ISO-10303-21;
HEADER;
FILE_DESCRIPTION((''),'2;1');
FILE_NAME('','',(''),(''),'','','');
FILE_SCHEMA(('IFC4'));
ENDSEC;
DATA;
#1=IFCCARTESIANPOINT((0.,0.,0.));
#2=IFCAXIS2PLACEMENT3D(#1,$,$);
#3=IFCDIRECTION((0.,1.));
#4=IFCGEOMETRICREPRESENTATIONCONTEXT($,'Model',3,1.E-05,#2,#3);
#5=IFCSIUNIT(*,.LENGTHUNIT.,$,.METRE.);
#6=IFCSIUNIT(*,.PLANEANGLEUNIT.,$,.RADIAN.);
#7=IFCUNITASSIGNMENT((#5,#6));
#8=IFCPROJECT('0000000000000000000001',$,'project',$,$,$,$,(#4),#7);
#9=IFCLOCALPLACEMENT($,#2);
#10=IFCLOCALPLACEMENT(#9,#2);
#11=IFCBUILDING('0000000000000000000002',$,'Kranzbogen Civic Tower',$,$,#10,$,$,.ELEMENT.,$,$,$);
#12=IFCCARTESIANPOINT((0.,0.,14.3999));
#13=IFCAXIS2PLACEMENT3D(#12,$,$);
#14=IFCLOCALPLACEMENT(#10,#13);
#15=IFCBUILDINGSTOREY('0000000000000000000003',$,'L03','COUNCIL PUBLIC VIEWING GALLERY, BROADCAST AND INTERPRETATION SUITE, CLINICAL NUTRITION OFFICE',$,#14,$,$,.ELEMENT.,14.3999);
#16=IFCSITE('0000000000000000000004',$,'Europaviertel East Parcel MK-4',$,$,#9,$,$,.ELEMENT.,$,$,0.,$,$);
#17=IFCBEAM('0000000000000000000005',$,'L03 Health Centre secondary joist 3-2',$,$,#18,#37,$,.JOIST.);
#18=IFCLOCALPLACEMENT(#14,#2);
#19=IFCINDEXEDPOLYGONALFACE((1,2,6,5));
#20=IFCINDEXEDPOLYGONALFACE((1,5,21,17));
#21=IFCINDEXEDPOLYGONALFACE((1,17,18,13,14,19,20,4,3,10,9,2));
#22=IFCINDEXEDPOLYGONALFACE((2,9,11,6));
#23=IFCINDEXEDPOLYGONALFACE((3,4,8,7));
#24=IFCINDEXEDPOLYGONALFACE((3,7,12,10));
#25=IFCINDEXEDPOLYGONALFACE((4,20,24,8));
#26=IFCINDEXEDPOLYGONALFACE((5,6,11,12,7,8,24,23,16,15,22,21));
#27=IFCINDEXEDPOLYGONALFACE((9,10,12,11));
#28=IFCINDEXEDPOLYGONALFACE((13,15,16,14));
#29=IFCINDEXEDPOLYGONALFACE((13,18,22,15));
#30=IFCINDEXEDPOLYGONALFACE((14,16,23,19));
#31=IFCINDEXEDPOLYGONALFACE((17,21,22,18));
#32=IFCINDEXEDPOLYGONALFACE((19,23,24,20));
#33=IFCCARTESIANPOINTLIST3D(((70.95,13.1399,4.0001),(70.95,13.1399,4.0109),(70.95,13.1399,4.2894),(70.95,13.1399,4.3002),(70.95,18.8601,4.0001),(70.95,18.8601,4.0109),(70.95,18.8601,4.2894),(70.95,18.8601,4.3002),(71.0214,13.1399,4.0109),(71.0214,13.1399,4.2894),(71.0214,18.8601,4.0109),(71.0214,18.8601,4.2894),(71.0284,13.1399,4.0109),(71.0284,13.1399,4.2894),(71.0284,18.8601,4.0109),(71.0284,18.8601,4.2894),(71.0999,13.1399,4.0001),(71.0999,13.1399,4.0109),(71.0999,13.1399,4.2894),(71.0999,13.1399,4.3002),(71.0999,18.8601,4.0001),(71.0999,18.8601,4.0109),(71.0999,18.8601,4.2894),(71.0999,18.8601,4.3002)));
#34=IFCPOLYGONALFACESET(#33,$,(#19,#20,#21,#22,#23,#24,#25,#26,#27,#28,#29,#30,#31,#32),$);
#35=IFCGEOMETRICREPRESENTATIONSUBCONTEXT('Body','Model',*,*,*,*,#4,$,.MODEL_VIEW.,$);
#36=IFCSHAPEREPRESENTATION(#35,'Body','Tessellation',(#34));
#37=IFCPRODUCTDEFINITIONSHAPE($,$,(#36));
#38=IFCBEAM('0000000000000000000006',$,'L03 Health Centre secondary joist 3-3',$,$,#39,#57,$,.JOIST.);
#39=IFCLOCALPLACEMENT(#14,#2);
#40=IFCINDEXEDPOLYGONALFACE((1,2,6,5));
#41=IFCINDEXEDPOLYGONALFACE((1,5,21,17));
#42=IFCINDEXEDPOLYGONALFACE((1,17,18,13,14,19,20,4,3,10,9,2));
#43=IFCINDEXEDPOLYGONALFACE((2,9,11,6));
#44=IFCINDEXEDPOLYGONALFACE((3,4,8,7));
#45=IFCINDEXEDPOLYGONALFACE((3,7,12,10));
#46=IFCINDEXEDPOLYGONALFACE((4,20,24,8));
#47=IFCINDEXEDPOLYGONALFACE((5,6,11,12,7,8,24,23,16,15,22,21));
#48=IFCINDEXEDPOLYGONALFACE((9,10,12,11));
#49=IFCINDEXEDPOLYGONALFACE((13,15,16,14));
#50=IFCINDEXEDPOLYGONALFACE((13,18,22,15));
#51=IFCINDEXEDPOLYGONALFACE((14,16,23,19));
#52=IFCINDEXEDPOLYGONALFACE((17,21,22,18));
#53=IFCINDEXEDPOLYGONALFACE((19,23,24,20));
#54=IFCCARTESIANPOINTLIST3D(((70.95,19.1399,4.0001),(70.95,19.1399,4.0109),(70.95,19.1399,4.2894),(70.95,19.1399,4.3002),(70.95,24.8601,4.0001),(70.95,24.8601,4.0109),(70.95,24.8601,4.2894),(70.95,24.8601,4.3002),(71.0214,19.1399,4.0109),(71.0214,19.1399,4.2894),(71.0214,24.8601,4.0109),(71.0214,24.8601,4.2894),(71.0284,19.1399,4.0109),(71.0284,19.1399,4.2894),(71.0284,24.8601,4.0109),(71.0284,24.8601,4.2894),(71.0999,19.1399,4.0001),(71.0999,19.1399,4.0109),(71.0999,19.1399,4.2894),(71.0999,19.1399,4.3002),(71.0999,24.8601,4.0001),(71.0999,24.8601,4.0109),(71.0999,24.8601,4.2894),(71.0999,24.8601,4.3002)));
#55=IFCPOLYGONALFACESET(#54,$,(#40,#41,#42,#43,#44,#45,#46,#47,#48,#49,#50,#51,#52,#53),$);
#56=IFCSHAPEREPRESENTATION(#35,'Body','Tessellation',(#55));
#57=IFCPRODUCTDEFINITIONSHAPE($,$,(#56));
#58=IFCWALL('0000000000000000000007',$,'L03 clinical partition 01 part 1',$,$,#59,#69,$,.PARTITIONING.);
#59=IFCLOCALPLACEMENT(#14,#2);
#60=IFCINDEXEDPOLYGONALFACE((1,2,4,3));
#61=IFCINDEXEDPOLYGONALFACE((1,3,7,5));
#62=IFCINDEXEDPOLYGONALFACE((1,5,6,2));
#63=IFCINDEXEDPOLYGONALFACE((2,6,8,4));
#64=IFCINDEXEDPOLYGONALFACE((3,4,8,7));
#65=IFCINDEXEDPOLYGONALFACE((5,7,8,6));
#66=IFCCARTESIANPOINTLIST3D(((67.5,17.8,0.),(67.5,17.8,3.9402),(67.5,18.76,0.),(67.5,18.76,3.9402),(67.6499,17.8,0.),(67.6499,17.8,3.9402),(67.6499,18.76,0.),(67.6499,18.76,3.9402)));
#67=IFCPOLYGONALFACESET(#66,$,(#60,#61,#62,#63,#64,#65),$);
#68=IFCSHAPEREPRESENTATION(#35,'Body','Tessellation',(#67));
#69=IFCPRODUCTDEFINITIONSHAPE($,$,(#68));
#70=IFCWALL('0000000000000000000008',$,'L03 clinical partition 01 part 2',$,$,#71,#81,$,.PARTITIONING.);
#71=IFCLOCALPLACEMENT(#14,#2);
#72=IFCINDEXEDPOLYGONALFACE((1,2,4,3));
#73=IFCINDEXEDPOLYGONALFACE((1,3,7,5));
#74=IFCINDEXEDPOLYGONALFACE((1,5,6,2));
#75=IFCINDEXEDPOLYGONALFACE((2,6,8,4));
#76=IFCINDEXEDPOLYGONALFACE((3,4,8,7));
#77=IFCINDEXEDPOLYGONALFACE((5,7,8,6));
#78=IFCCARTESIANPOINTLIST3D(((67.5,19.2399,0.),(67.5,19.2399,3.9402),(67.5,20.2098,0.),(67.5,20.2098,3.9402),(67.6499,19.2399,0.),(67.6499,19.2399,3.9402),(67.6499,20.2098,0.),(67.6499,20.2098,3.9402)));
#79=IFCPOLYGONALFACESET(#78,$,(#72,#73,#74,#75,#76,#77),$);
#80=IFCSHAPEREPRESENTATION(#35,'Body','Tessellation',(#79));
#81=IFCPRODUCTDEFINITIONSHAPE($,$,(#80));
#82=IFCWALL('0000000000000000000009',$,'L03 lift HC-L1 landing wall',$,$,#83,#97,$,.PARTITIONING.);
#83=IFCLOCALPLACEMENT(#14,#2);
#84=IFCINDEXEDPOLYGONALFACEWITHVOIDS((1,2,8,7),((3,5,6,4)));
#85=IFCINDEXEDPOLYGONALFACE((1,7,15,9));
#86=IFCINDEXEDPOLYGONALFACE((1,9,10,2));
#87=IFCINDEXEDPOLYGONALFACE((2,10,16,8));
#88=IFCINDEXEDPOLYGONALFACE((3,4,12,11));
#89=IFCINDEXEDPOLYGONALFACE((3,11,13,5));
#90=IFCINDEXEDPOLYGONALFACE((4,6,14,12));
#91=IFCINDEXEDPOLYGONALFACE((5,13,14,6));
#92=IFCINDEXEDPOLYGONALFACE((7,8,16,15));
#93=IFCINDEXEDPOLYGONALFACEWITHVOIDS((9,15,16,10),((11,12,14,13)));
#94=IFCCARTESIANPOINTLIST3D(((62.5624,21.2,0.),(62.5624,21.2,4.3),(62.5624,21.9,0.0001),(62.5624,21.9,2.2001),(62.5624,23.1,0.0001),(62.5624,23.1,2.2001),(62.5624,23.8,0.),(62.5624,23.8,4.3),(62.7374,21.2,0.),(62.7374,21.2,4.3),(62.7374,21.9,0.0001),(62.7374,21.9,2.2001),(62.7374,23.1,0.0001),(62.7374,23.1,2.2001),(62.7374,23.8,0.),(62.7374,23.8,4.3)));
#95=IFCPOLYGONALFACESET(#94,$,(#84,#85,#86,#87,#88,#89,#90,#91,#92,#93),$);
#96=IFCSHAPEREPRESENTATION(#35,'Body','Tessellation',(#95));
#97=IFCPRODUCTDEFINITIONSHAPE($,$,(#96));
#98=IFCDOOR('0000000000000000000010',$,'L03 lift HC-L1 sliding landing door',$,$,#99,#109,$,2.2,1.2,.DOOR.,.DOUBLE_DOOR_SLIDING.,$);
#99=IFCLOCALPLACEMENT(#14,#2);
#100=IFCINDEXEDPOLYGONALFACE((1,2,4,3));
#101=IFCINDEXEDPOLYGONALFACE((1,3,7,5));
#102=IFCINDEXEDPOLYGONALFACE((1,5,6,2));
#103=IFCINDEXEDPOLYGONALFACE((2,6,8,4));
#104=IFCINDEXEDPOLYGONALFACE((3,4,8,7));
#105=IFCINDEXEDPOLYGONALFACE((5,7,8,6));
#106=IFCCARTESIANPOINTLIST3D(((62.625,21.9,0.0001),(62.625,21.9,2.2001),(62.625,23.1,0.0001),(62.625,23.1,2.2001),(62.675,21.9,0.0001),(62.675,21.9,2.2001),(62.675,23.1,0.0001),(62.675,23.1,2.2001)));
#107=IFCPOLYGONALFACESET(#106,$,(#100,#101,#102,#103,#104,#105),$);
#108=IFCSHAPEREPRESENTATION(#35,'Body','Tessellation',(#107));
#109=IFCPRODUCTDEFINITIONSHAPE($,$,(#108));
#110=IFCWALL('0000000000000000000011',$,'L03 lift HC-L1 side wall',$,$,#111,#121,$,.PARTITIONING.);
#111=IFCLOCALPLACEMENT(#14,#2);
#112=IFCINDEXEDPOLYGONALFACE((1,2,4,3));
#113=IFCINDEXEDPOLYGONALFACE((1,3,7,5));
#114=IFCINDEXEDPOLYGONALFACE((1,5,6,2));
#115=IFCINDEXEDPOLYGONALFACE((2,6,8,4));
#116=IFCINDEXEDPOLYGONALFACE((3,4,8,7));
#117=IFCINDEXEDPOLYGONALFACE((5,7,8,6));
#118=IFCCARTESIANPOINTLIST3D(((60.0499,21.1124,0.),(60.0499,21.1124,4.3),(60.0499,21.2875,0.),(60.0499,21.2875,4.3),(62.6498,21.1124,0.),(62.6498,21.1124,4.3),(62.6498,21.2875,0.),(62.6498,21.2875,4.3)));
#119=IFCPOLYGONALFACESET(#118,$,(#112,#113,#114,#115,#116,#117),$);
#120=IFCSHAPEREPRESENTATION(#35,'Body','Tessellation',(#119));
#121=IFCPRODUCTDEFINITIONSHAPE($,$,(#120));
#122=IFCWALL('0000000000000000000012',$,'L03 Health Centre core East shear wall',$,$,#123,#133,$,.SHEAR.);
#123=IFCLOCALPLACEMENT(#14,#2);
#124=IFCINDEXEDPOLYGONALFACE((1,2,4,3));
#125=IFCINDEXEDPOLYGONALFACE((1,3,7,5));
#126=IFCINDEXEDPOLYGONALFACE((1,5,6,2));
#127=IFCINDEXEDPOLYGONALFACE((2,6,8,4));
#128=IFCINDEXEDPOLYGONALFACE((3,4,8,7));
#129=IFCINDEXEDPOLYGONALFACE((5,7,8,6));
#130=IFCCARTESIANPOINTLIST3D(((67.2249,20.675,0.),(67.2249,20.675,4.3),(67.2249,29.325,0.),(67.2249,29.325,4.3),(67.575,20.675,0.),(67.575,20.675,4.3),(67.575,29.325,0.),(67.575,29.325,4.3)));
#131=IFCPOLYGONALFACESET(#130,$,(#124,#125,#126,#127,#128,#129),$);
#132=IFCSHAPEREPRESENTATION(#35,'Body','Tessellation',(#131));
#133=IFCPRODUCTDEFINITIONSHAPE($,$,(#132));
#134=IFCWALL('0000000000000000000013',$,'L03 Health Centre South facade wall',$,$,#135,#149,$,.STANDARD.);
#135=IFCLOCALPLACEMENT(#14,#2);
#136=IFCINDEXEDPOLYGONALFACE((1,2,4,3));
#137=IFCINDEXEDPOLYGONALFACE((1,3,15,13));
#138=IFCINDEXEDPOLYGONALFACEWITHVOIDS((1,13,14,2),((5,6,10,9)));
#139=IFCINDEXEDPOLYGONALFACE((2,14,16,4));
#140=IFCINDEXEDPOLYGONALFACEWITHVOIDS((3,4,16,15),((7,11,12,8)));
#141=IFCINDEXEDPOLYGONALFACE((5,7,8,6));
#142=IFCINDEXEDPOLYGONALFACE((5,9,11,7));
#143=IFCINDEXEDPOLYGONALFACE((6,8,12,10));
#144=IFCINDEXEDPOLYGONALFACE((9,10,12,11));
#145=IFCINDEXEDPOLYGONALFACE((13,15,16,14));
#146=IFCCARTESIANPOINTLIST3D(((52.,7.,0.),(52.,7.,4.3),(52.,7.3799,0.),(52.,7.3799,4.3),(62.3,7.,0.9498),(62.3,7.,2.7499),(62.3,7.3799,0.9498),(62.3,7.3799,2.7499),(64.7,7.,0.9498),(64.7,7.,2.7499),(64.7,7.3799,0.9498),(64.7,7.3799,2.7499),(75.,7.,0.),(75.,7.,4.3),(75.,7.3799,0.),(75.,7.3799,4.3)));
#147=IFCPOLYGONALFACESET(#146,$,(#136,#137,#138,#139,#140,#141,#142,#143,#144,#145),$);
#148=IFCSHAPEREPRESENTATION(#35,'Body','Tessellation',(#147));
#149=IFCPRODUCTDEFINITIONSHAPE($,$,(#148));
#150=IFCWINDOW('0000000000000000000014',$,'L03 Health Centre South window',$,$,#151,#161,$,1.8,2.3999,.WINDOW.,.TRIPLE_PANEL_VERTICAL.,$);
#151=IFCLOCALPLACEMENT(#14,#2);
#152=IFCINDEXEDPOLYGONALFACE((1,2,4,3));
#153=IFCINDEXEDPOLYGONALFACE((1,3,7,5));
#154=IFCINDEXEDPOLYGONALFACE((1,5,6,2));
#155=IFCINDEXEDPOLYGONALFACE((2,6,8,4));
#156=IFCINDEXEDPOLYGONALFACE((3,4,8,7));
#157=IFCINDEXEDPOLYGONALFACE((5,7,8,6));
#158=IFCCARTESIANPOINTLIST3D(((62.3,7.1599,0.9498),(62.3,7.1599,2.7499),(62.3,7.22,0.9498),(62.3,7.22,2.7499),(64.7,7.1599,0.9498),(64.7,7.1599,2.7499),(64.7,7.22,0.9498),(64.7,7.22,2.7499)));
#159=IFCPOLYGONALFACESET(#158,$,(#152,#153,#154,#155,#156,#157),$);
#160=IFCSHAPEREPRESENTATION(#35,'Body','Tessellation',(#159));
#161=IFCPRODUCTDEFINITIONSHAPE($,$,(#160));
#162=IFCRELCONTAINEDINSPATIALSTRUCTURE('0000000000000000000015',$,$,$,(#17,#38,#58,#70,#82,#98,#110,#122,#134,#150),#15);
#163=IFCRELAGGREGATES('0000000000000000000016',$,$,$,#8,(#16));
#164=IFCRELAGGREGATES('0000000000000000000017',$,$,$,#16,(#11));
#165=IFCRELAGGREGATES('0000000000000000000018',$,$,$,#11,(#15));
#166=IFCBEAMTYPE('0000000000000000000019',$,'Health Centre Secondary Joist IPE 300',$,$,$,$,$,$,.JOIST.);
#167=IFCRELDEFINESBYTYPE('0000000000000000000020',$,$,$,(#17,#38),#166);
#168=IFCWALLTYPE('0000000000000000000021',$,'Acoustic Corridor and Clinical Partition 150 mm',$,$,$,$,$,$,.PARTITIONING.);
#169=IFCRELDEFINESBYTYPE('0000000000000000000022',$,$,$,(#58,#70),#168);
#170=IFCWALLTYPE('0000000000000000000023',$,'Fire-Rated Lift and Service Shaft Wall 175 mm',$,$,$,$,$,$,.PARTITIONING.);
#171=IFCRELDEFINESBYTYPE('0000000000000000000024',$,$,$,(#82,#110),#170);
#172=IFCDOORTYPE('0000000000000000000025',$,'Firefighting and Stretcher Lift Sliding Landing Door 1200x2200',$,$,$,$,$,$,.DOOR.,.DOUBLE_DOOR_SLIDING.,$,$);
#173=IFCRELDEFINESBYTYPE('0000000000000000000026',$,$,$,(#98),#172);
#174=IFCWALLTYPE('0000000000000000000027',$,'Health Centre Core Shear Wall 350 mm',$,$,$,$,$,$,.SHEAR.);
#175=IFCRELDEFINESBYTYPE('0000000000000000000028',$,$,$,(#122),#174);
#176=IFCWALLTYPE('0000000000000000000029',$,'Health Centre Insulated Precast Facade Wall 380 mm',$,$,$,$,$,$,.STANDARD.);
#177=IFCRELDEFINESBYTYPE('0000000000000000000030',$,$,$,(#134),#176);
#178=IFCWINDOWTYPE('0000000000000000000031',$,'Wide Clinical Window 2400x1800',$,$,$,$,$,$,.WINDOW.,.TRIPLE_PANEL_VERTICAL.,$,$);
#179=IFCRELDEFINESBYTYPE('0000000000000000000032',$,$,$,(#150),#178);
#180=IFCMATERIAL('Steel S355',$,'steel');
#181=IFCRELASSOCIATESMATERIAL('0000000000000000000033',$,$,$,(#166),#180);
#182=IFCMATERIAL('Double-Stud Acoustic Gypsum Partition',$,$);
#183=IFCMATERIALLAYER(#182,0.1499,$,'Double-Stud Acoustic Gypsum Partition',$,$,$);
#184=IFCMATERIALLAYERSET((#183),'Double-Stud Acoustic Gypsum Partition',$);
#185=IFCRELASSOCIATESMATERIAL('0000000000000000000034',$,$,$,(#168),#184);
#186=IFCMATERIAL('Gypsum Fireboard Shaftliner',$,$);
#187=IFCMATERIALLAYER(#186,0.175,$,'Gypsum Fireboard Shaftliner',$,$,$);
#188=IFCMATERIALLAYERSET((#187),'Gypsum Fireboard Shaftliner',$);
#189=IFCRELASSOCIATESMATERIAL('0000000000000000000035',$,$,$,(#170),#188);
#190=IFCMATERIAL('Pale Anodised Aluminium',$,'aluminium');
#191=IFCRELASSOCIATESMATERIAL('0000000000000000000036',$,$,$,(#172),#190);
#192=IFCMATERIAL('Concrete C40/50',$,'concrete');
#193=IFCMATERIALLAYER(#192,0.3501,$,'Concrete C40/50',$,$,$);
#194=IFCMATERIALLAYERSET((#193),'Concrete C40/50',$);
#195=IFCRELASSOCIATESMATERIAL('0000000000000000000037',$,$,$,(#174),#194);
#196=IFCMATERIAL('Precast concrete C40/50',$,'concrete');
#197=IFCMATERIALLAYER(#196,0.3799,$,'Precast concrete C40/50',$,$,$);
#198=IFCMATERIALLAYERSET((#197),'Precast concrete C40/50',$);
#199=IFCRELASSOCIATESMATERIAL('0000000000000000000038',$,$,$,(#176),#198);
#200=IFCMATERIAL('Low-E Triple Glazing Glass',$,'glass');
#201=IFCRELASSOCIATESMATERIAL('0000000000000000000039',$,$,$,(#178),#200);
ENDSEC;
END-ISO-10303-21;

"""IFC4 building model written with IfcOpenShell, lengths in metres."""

from ifc_helpers import new_model, si_unit, direction, frame, frame_2d, origin, origin_2d, place, context, subcontext, project, spatial, rectangle, i_section, extrude, material, layer, layer_set, material_profile, profile_set, type_object, element, fill, save


model = new_model("IFC4")

# Units and contexts
model_context = context("Model", 3, precision=1e-05, world=origin(), true_north=direction((0.0, 1.0)))
body_context = subcontext(model_context, "Body", "Model", "MODEL_VIEW")
ifc_project = project(units=[si_unit("LENGTHUNIT", "METRE"), si_unit("PLANEANGLEUNIT", "RADIAN")], contexts=[model_context])

# Site, building, storey
site_placement = place(None, origin())
site = spatial("IfcSite", under=ifc_project, at=site_placement, Name="Europaviertel East Parcel MK-4", CompositionType="ELEMENT", RefElevation=0.0)
building_placement = place(site_placement, origin())
building = spatial("IfcBuilding", under=site, at=building_placement, Name="Kranzbogen Civic Tower", CompositionType="ELEMENT")
storey_placement = place(building_placement, frame((0.0, 0.0, 14.3999)))
storey = spatial("IfcBuildingStorey", under=building, at=storey_placement, Name="L03", Description="COUNCIL PUBLIC VIEWING GALLERY, BROADCAST AND INTERPRETATION SUITE, CLINICAL NUTRITION OFFICE", CompositionType="ELEMENT", Elevation=14.3999)

# Shared definitions
ifc_material_1 = material(Name="Steel S355", Category="steel")
ifc_material_2 = material(Name="Concrete C40/50", Category="concrete")

# Beams
ifc_material_profile_1 = material_profile(ifc_material_1, i_section(OverallWidth=0.1499, OverallDepth=0.3, WebThickness=0.0071, FlangeThickness=0.0107, at=origin_2d()), Name="IPE 300")
ifc_profile_set_1 = profile_set([ifc_material_profile_1], Name="Steel S355")
beam_type_1 = type_object("IfcBeamType", Name="Health Centre Secondary Joist IPE 300", PredefinedType="JOIST", material=ifc_profile_set_1)
for number, where, z_axis, x_axis, name in (
    (1, (71.0249, 13.1399, 4.1501), (0.0, 1.0, 0.0), (-1.0, 0.0, 0.0), "L03 Health Centre secondary joist 3-2"),
    (2, (71.0249, 19.1399, 4.1501), (0.0, 1.0, 0.0), (-1.0, 0.0, 0.0), "L03 Health Centre secondary joist 3-3"),
):
    element("IfcBeam", number, at=place(storey_placement, frame(where, z_axis=z_axis, x_axis=x_axis)), inside=storey, type_object=beam_type_1, Name=name, PredefinedType="JOIST", context=body_context, shape_type="SweptSolid", body=[
        extrude(i_section(OverallWidth=0.1499, OverallDepth=0.3, WebThickness=0.0071, FlangeThickness=0.0107, at=origin_2d()), origin(), (0.0, 0.0, 1.0), 5.7202),
    ])

# Walls
ifc_material_3 = material(Name="Double-Stud Acoustic Gypsum Partition")
ifc_layer_1 = layer(ifc_material_3, 0.1499, Name="Double-Stud Acoustic Gypsum Partition")
ifc_layer_set_1 = layer_set([ifc_layer_1], Name="Double-Stud Acoustic Gypsum Partition")
wall_type_1 = type_object("IfcWallType", Name="Acoustic Corridor and Clinical Partition 150 mm", PredefinedType="PARTITIONING", material=ifc_layer_set_1)
wall_1_placement = place(storey_placement, frame((67.575, 17.8, 0.0), z_axis=(0.0, 0.0, 1.0), x_axis=(0.0, 1.0, 0.0)))
element("IfcWall", 3, at=wall_1_placement, inside=storey, type_object=wall_type_1, Name="L03 clinical partition 01 part 1", PredefinedType="PARTITIONING", context=body_context, shape_type="SweptSolid", body=[
    extrude(rectangle(XDim=0.96, YDim=0.1499, at=frame_2d((0.48, 0.0))), origin(), (0.0, 0.0, 1.0), 3.9402),
])
wall_2_placement = place(storey_placement, frame((67.575, 19.24, 0.0), z_axis=(0.0, 0.0, 1.0), x_axis=(0.0, 1.0, 0.0)))
element("IfcWall", 4, at=wall_2_placement, inside=storey, type_object=wall_type_1, Name="L03 clinical partition 01 part 2", PredefinedType="PARTITIONING", context=body_context, shape_type="SweptSolid", body=[
    extrude(rectangle(XDim=0.97, YDim=0.1499, at=frame_2d((0.4849, 0.0))), origin(), (0.0, 0.0, 1.0), 3.9402),
])

# Wall, opening, door
ifc_material_4 = material(Name="Gypsum Fireboard Shaftliner")
ifc_layer_2 = layer(ifc_material_4, 0.175, Name="Gypsum Fireboard Shaftliner")
ifc_layer_set_2 = layer_set([ifc_layer_2], Name="Gypsum Fireboard Shaftliner")
wall_type_2 = type_object("IfcWallType", Name="Fire-Rated Lift and Service Shaft Wall 175 mm", PredefinedType="PARTITIONING", material=ifc_layer_set_2)
wall_3_placement = place(storey_placement, frame((62.6499, 21.2, 0.0), z_axis=(0.0, 0.0, 1.0), x_axis=(0.0, 1.0, 0.0)))
wall_3 = element("IfcWall", 5, at=wall_3_placement, inside=storey, type_object=wall_type_2, Name="L03 lift HC-L1 landing wall", PredefinedType="PARTITIONING", context=body_context, shape_type="SweptSolid", body=[
    extrude(rectangle(XDim=2.6001, YDim=0.175, at=frame_2d((1.3, 0.0))), origin(), (0.0, 0.0, 1.0), 4.3),
])
opening_1_placement = place(wall_3_placement, frame((0.7, 0.0, 0.0)))
opening_1 = element("IfcOpeningElement", 6, at=opening_1_placement, cuts=wall_3, PredefinedType="OPENING", context=body_context, shape_type="SweptSolid", body=[
    extrude(rectangle(XDim=1.2, YDim=2.2, at=frame_2d((0.6001, 1.1001))), frame((0.0, 0.0977, 0.0), z_axis=(0.0, -1.0, 0.0), x_axis=(1.0, 0.0, 0.0)), (0.0, 0.0, 1.0), 0.1951),
])
ifc_material_5 = material(Name="Pale Anodised Aluminium", Category="aluminium")
door_type = type_object("IfcDoorType", Name="Firefighting and Stretcher Lift Sliding Landing Door 1200x2200", OperationType="DOUBLE_DOOR_SLIDING", PredefinedType="DOOR", material=ifc_material_5)
door_placement = place(opening_1_placement, origin())
door = element("IfcDoor", 7, at=door_placement, inside=storey, type_object=door_type, Name="L03 lift HC-L1 sliding landing door", OperationType="DOUBLE_DOOR_SLIDING", OverallHeight=2.2, OverallWidth=1.2, PredefinedType="DOOR", context=body_context, shape_type="SweptSolid", body=[
    extrude(rectangle(XDim=1.2, YDim=2.2, at=frame_2d((0.6001, 1.1001))), frame((0.0, 0.0249, 0.0), z_axis=(0.0, -1.0, 0.0), x_axis=(1.0, 0.0, 0.0)), (0.0, 0.0, 1.0), 0.05),
])
fill(opening_1, door)

# Walls
wall_4_placement = place(storey_placement, frame((60.05, 21.2, 0.0), z_axis=(0.0, 0.0, 1.0), x_axis=(1.0, 0.0, 0.0)))
element("IfcWall", 8, at=wall_4_placement, inside=storey, type_object=wall_type_2, Name="L03 lift HC-L1 side wall", PredefinedType="PARTITIONING", context=body_context, shape_type="SweptSolid", body=[
    extrude(rectangle(XDim=2.5999, YDim=0.175, at=frame_2d((1.2998, 0.0))), origin(), (0.0, 0.0, 1.0), 4.3),
])
ifc_layer_3 = layer(ifc_material_2, 0.3501, Name="Concrete C40/50")
ifc_layer_set_3 = layer_set([ifc_layer_3], Name="Concrete C40/50")
wall_type_3 = type_object("IfcWallType", Name="Health Centre Core Shear Wall 350 mm", PredefinedType="SHEAR", material=ifc_layer_set_3)
wall_5_placement = place(storey_placement, frame((67.3999, 20.675, 0.0), z_axis=(0.0, 0.0, 1.0), x_axis=(0.0, 1.0, 0.0)))
element("IfcWall", 9, at=wall_5_placement, inside=storey, type_object=wall_type_3, Name="L03 Health Centre core East shear wall", PredefinedType="SHEAR", context=body_context, shape_type="SweptSolid", body=[
    extrude(rectangle(XDim=8.6499, YDim=0.3501, at=frame_2d((4.325, 0.0))), origin(), (0.0, 0.0, 1.0), 4.3),
])

# Wall, opening, window
ifc_material_6 = material(Name="Precast concrete C40/50", Category="concrete")
ifc_layer_4 = layer(ifc_material_6, 0.3799, Name="Precast concrete C40/50")
ifc_layer_set_4 = layer_set([ifc_layer_4], Name="Precast concrete C40/50")
wall_type_4 = type_object("IfcWallType", Name="Health Centre Insulated Precast Facade Wall 380 mm", PredefinedType="STANDARD", material=ifc_layer_set_4)
wall_6_placement = place(storey_placement, frame((75.0, 7.1899, 0.0), z_axis=(0.0, 0.0, 1.0), x_axis=(-1.0, 0.0, 0.0)))
wall_6 = element("IfcWall", 10, at=wall_6_placement, inside=storey, type_object=wall_type_4, Name="L03 Health Centre South facade wall", PredefinedType="STANDARD", context=body_context, shape_type="SweptSolid", body=[
    extrude(rectangle(XDim=23.0, YDim=0.3799, at=frame_2d((11.5, 0.0))), origin(), (0.0, 0.0, 1.0), 4.3),
])
opening_2_placement = place(wall_6_placement, frame((10.3, 0.0, 0.95)))
opening_2 = element("IfcOpeningElement", 11, at=opening_2_placement, cuts=wall_6, PredefinedType="OPENING", context=body_context, shape_type="SweptSolid", body=[
    extrude(rectangle(XDim=2.3999, YDim=1.8, at=frame_2d((1.2, 0.8999))), frame((0.0, 0.2, 0.0), z_axis=(0.0, -1.0, 0.0), x_axis=(1.0, 0.0, 0.0)), (0.0, 0.0, 1.0), 0.3999),
])
ifc_material_7 = material(Name="Low-E Triple Glazing Glass", Category="glass")
window_type = type_object("IfcWindowType", Name="Wide Clinical Window 2400x1800", PartitioningType="TRIPLE_PANEL_VERTICAL", PredefinedType="WINDOW", material=ifc_material_7)
window_placement = place(opening_2_placement, origin())
window = element("IfcWindow", 12, at=window_placement, inside=storey, type_object=window_type, Name="L03 Health Centre South window", OverallHeight=1.8, OverallWidth=2.3999, PartitioningType="TRIPLE_PANEL_VERTICAL", PredefinedType="WINDOW", context=body_context, shape_type="SweptSolid", body=[
    extrude(rectangle(XDim=2.3999, YDim=1.8, at=frame_2d((1.2, 0.8999))), frame((0.0, 0.03, 0.0), z_axis=(0.0, -1.0, 0.0), x_axis=(1.0, 0.0, 0.0)), (0.0, 0.0, 1.0), 0.0601),
])
fill(opening_2, window)

save(model, "model.ifc")
